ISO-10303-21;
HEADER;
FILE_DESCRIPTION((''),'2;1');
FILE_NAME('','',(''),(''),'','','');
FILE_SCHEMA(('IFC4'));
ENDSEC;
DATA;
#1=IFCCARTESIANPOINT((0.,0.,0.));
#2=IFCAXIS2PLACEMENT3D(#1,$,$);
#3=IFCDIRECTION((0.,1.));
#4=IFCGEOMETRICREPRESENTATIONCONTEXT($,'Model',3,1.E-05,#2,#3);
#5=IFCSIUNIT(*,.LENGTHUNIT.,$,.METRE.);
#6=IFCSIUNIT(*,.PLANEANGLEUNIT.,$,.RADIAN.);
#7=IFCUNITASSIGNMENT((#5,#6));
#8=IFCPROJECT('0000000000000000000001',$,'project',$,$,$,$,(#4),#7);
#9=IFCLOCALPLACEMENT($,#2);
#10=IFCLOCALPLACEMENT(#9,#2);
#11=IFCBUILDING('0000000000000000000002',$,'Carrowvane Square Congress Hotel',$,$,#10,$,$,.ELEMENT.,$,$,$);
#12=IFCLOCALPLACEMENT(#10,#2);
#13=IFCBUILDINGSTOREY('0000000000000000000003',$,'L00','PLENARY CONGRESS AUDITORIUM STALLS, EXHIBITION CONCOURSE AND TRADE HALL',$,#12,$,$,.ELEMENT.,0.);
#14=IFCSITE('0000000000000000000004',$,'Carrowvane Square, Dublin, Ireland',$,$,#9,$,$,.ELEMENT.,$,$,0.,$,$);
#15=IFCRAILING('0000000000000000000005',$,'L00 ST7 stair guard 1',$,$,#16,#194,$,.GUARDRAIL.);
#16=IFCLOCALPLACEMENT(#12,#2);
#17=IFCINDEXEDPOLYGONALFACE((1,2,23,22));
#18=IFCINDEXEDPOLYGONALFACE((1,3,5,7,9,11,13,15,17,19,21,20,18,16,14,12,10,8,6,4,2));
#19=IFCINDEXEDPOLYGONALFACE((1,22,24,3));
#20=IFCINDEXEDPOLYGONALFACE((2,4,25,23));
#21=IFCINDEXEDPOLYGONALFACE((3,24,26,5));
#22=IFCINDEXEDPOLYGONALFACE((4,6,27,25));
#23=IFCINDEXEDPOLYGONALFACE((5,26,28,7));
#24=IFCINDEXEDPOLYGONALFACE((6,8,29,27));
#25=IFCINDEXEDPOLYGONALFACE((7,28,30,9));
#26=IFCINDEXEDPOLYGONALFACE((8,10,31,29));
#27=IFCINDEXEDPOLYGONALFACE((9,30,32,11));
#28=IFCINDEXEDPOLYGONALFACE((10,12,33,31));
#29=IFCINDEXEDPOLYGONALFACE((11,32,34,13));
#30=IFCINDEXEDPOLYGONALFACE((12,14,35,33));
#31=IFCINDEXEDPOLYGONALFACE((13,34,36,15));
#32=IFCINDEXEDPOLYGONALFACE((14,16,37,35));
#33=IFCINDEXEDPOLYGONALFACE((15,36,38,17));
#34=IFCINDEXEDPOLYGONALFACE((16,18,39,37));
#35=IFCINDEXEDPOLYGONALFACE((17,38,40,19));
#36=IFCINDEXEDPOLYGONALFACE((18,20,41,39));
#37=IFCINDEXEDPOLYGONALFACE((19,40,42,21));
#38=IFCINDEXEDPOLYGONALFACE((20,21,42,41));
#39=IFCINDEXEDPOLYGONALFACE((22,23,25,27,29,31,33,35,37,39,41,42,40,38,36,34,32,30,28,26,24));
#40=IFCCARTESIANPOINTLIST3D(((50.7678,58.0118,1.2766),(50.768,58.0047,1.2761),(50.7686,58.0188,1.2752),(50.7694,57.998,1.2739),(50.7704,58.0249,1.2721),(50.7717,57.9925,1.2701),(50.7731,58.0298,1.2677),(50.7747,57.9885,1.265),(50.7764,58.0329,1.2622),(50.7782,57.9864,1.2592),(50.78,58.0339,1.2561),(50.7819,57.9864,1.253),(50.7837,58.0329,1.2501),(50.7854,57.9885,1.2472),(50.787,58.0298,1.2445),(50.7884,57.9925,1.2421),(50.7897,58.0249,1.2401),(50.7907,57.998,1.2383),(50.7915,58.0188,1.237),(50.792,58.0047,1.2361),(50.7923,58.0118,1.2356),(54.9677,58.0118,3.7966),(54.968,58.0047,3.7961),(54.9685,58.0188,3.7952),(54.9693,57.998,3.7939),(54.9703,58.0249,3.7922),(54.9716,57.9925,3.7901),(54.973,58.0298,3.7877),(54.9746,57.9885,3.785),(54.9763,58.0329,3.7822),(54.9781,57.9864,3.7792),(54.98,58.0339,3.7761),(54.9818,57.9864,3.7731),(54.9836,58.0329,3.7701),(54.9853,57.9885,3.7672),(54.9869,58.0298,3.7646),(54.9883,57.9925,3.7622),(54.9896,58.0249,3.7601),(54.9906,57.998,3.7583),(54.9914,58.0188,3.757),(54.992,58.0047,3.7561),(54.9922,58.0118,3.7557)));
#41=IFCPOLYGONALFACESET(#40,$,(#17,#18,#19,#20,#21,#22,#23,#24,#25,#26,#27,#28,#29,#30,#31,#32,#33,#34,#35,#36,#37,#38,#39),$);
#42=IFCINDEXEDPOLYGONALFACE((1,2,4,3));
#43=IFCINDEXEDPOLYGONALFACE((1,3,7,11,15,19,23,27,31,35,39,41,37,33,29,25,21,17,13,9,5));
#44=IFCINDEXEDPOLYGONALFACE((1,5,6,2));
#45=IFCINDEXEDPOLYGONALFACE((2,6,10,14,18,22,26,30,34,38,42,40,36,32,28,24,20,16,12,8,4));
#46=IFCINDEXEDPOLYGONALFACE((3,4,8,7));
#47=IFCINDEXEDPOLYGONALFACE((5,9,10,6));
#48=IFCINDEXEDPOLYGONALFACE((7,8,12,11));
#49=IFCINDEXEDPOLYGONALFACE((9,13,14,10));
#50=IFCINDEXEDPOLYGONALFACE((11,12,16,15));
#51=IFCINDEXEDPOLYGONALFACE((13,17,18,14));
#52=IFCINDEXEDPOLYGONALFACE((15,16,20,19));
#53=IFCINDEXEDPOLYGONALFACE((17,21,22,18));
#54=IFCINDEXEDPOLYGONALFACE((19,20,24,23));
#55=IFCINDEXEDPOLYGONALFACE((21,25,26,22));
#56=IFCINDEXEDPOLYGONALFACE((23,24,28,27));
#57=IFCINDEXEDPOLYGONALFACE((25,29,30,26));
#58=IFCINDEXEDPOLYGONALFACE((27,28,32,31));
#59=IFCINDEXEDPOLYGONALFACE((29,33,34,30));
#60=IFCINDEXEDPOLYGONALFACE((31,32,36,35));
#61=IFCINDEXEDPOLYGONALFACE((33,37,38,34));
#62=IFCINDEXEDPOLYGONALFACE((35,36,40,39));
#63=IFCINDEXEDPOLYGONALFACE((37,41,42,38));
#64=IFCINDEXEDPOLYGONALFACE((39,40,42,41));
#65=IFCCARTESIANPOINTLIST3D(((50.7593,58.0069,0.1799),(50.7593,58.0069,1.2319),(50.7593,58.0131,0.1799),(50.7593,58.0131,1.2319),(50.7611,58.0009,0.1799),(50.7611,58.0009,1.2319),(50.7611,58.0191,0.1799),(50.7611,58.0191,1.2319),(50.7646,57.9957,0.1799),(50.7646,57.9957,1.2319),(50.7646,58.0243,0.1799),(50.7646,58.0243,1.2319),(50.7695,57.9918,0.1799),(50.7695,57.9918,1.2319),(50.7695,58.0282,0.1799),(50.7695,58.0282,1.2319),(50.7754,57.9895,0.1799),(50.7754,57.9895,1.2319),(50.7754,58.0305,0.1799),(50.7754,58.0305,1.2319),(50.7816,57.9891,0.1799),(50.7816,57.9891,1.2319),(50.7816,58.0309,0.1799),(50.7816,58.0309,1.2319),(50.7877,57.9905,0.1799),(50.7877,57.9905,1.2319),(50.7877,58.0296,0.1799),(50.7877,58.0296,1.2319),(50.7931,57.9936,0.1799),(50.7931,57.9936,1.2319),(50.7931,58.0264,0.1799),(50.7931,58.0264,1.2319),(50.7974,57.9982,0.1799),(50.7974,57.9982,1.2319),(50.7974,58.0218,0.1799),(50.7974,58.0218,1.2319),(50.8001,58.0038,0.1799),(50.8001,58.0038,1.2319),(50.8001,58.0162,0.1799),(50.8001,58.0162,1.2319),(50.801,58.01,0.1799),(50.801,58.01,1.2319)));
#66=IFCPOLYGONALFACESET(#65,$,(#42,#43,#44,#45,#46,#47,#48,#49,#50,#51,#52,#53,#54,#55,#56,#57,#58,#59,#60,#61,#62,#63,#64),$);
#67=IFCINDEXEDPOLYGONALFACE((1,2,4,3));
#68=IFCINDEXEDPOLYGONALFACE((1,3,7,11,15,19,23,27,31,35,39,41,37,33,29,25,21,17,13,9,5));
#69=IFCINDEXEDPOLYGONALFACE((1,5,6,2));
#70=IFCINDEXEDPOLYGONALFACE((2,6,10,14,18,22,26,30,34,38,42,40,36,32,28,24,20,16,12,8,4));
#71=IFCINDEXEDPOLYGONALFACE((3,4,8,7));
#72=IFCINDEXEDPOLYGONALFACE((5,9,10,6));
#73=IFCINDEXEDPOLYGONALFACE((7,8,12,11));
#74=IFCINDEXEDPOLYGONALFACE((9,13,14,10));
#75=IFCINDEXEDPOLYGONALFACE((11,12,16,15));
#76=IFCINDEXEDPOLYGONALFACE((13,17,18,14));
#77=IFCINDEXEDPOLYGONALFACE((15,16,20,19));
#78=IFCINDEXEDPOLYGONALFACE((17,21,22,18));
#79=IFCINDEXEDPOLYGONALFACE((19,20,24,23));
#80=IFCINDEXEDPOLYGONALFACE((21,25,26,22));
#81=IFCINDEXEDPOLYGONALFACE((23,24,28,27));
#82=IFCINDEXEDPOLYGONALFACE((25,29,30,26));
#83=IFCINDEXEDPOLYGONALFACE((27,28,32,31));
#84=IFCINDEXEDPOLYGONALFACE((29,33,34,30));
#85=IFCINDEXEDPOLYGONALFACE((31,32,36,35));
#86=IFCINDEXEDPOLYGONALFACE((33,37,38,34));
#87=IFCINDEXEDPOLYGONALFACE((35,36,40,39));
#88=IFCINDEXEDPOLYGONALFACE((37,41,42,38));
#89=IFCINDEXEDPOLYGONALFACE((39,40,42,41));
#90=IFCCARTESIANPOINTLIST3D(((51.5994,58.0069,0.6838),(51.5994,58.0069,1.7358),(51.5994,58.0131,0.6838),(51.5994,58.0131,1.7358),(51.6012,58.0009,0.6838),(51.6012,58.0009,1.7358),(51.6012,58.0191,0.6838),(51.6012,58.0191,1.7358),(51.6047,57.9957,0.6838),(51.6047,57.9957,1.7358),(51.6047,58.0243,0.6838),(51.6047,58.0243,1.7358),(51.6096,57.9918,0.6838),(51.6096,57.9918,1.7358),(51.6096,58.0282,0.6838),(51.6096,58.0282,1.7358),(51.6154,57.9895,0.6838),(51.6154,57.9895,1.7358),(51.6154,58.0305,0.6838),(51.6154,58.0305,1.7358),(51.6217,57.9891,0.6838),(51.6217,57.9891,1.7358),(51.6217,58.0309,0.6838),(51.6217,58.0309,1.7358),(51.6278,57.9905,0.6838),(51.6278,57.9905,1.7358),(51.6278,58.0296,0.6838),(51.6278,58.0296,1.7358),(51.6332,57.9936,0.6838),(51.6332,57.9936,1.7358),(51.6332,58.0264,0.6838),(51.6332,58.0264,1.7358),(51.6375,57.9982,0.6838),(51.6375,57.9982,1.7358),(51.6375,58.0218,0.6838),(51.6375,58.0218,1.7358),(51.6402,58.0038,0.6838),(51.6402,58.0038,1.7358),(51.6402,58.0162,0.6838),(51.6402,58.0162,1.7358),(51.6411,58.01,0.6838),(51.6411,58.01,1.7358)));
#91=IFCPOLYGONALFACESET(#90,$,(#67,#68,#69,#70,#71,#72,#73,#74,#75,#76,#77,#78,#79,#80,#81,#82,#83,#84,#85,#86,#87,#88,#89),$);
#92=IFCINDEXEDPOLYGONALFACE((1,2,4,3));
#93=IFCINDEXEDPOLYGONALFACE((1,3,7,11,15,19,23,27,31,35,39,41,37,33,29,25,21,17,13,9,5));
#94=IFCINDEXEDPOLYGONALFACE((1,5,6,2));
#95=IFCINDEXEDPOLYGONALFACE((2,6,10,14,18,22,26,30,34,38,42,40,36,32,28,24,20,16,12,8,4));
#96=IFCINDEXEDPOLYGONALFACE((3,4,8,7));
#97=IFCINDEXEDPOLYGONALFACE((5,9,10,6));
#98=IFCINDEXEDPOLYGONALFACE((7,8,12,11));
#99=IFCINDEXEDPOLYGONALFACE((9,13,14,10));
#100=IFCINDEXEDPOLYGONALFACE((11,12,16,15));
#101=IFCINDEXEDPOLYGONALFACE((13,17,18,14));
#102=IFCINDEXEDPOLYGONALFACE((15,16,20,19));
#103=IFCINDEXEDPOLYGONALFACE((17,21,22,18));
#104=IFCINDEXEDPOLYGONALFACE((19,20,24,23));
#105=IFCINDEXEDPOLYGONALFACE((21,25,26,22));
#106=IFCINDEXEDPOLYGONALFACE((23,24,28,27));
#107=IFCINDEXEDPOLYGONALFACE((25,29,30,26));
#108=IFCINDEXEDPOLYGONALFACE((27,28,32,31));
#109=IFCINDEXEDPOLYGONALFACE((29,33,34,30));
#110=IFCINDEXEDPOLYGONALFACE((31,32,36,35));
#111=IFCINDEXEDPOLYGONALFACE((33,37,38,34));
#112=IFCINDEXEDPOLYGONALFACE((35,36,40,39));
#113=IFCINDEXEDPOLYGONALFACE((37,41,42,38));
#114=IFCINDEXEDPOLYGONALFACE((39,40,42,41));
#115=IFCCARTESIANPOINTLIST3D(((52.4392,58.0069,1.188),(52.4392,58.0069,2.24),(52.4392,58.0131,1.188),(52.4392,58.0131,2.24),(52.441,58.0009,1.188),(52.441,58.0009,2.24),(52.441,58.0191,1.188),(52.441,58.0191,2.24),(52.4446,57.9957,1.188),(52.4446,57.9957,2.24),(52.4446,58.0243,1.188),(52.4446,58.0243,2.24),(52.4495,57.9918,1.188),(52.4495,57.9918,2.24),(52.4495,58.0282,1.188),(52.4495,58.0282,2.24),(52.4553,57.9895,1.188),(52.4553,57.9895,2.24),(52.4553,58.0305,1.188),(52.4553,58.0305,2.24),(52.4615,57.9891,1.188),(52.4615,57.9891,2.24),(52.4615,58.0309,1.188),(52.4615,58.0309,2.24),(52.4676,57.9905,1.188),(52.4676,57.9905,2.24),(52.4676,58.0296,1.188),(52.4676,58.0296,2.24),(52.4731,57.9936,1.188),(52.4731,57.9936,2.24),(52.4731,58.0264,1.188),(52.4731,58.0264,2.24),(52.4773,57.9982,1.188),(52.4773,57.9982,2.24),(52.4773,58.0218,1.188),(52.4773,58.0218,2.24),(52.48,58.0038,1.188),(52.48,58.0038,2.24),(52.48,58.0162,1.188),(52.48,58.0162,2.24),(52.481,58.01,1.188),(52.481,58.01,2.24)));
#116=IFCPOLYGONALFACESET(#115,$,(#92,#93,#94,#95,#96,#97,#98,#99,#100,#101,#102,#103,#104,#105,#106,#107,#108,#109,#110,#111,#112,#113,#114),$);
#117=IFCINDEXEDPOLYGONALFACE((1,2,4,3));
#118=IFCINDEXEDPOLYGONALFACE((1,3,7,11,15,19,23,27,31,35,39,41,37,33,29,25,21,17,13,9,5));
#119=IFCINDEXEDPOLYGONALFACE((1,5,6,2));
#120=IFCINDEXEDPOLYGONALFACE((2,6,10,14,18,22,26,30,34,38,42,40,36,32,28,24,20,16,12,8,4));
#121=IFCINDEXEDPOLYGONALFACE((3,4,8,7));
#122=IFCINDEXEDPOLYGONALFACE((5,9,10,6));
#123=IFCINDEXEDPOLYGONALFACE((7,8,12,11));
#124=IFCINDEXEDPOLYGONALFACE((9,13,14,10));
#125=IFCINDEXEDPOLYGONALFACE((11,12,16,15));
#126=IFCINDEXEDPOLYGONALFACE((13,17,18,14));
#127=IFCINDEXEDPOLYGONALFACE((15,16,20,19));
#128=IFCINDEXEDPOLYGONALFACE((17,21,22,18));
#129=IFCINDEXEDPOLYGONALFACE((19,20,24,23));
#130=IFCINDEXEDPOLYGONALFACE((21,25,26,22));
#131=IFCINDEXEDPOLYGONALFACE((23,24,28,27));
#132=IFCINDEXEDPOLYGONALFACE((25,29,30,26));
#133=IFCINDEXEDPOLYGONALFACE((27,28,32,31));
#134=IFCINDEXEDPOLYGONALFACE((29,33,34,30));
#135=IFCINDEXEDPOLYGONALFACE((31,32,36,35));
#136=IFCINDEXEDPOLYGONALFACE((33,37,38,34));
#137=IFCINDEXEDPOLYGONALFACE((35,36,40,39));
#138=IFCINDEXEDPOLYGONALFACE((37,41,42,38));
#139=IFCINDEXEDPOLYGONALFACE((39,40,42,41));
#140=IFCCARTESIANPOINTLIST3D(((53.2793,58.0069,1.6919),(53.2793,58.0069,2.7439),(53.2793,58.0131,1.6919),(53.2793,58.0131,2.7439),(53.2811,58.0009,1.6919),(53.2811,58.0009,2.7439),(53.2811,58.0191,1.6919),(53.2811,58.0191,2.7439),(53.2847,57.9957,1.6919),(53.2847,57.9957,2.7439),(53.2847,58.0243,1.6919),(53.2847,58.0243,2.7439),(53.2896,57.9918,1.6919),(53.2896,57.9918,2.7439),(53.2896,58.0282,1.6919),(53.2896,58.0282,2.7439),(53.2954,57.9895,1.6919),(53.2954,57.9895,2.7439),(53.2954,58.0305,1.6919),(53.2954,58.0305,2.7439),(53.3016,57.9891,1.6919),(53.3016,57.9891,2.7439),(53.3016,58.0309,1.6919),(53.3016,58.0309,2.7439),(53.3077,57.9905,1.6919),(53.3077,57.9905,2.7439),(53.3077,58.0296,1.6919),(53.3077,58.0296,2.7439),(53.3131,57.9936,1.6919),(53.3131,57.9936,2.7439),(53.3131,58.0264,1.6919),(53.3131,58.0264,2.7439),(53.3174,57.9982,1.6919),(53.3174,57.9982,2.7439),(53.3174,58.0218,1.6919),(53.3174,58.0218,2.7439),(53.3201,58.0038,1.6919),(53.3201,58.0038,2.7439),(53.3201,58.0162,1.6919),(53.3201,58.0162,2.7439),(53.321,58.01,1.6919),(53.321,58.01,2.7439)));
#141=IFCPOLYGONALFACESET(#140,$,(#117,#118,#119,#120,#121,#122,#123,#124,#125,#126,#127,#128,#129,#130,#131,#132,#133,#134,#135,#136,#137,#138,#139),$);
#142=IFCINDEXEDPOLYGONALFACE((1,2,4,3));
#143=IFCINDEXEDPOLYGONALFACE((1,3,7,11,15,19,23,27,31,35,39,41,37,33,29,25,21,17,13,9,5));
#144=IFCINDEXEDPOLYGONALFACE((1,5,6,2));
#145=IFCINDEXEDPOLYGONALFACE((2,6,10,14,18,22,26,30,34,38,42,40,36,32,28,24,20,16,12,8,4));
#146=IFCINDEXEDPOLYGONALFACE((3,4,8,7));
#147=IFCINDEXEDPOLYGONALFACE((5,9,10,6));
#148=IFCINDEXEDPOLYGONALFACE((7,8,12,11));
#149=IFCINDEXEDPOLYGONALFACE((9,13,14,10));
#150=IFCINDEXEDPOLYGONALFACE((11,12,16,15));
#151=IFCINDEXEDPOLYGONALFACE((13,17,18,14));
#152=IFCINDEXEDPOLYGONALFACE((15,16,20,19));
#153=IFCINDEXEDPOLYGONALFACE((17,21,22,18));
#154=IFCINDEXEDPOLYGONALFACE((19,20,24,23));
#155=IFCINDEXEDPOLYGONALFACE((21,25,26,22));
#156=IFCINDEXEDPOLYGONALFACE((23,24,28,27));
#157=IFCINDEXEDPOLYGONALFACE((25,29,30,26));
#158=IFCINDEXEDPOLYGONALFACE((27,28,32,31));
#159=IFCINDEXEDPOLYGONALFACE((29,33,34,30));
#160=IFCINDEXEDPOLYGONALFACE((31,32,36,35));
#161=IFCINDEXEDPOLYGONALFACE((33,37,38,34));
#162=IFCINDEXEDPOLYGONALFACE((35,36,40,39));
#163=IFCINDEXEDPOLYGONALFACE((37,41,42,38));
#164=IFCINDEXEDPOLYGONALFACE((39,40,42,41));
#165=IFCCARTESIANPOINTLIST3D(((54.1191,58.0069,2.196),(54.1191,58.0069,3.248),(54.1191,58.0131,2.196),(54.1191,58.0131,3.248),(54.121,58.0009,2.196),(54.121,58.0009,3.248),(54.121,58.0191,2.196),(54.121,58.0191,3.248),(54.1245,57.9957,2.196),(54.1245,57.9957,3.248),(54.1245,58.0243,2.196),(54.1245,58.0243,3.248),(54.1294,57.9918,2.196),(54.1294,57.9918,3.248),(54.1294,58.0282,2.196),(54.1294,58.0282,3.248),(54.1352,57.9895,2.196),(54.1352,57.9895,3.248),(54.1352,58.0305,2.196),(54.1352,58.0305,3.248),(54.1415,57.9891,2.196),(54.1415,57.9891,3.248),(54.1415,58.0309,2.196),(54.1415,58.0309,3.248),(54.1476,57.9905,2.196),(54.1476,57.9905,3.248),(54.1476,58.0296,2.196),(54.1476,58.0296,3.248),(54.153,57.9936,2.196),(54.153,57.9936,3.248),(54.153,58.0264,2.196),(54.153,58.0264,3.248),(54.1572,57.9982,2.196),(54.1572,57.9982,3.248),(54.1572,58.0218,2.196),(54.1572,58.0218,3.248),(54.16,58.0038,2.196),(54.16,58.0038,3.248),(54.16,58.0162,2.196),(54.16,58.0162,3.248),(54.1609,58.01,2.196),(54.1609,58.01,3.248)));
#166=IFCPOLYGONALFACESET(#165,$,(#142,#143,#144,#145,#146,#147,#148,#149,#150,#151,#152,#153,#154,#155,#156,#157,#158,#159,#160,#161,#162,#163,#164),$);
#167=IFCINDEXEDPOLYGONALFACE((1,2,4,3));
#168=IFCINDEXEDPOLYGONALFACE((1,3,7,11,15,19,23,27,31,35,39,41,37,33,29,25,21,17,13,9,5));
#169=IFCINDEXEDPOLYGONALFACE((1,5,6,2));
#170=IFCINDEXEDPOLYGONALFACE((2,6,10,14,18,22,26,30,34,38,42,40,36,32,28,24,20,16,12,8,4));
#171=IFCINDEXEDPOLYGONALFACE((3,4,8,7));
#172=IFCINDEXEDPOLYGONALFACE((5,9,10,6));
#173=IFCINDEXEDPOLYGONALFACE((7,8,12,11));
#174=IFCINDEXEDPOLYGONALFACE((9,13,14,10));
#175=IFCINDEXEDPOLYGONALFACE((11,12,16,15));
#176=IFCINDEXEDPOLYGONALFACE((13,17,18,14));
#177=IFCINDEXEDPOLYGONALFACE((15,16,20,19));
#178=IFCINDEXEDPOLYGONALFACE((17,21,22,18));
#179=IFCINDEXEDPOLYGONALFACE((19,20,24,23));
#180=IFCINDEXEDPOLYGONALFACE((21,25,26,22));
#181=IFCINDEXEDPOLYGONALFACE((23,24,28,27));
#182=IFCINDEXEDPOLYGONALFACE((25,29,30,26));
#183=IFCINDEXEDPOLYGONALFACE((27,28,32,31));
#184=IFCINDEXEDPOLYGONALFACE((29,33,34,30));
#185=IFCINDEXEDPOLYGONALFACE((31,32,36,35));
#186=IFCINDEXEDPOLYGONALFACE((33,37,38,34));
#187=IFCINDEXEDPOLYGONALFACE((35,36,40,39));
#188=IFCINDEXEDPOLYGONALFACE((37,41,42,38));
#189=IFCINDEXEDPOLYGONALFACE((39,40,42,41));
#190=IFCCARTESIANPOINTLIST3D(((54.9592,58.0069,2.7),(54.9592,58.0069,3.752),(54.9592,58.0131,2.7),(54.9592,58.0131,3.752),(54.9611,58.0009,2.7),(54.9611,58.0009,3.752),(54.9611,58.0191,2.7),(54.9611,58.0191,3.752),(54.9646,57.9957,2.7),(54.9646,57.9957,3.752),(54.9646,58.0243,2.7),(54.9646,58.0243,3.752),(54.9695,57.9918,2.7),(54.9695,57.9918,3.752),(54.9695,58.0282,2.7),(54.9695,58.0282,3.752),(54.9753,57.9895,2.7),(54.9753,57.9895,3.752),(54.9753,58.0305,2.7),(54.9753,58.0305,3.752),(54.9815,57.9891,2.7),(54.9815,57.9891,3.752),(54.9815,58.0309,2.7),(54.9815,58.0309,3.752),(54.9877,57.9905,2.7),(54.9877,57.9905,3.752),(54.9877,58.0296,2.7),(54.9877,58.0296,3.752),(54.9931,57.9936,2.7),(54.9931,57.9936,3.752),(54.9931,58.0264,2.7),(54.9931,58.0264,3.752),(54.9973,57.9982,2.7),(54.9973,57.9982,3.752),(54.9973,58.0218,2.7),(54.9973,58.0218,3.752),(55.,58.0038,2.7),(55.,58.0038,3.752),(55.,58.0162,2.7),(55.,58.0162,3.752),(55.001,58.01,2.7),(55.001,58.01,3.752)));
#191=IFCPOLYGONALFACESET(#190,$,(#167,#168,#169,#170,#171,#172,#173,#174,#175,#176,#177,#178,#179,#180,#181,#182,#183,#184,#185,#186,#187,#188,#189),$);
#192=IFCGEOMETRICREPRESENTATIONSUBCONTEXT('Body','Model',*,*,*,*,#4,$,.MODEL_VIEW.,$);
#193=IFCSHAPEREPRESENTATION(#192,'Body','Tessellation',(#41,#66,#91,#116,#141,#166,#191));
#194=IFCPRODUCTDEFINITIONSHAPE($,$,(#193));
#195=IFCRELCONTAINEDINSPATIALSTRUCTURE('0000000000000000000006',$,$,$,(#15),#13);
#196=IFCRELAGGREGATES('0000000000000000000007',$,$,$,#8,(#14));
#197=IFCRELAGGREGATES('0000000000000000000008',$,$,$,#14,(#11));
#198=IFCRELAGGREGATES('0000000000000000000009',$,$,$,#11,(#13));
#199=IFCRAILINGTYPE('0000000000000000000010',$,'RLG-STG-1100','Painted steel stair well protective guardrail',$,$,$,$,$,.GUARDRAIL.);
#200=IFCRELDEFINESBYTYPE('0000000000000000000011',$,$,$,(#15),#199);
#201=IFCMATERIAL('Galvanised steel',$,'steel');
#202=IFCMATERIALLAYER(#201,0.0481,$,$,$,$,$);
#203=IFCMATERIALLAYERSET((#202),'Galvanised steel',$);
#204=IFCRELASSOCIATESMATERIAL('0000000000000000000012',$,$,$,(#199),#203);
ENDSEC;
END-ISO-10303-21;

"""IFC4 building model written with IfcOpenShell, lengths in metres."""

from ifc_helpers import new_model, si_unit, direction, frame, origin, origin_2d, place, context, subcontext, project, spatial, circle, extrude, material, layer, layer_set, type_object, element, save


model = new_model("IFC4")

# Units and contexts
model_context = context("Model", 3, precision=1e-05, world=origin(), true_north=direction((0.0, 1.0)))
body_context = subcontext(model_context, "Body", "Model", "MODEL_VIEW")
ifc_project = project(units=[si_unit("LENGTHUNIT", "METRE"), si_unit("PLANEANGLEUNIT", "RADIAN")], contexts=[model_context])

# Site, building, storey
site_placement = place(None, origin())
site = spatial("IfcSite", under=ifc_project, at=site_placement, Name="Carrowvane Square, Dublin, Ireland", CompositionType="ELEMENT", RefElevation=0.0)
building_placement = place(site_placement, origin())
building = spatial("IfcBuilding", under=site, at=building_placement, Name="Carrowvane Square Congress Hotel", CompositionType="ELEMENT")
storey_placement = place(building_placement, origin())
storey = spatial("IfcBuildingStorey", under=building, at=storey_placement, Name="L00", Description="PLENARY CONGRESS AUDITORIUM STALLS, EXHIBITION CONCOURSE AND TRADE HALL", CompositionType="ELEMENT", Elevation=0.0)

# Railing
ifc_material_1 = material(Name="Galvanised steel", Category="steel")
ifc_layer_1 = layer(ifc_material_1, 0.0481)
ifc_layer_set_1 = layer_set([ifc_layer_1], Name="Galvanised steel")
railing_type_1 = type_object("IfcRailingType", Name="RLG-STG-1100", Description="Painted steel stair well protective guardrail", PredefinedType="GUARDRAIL", material=ifc_layer_set_1)
railing_1_placement = place(storey_placement, frame((50.78, 58.01, 0.1799)))
element("IfcRailing", 1, at=railing_1_placement, inside=storey, type_object=railing_type_1, Name="L00 ST7 stair guard 1", PredefinedType="GUARDRAIL", context=body_context, shape_type="SweptSolid", body=[
    extrude(circle(Radius=0.0239, at=origin_2d()), frame((0.0, 0.0, 1.0762), z_axis=(0.857489, 0.0, 0.514503), x_axis=(0.0, 1.0, 0.0)), (0.0, 0.0, 1.0), 4.8979),
    extrude(circle(Radius=0.021, at=origin_2d()), origin(), (0.0, 0.0, 1.0), 1.052),
    extrude(circle(Radius=0.021, at=origin_2d()), frame((0.8401, 0.0, 0.5039)), (0.0, 0.0, 1.0), 1.052),
    extrude(circle(Radius=0.021, at=origin_2d()), frame((1.6799, 0.0, 1.0081)), (0.0, 0.0, 1.0), 1.052),
    extrude(circle(Radius=0.021, at=origin_2d()), frame((2.52, 0.0, 1.512)), (0.0, 0.0, 1.0), 1.052),
    extrude(circle(Radius=0.021, at=origin_2d()), frame((3.3599, 0.0, 2.0161)), (0.0, 0.0, 1.0), 1.052),
    extrude(circle(Radius=0.021, at=origin_2d()), frame((4.2, 0.0, 2.52)), (0.0, 0.0, 1.0), 1.052),
])

save(model, "model.ifc")
